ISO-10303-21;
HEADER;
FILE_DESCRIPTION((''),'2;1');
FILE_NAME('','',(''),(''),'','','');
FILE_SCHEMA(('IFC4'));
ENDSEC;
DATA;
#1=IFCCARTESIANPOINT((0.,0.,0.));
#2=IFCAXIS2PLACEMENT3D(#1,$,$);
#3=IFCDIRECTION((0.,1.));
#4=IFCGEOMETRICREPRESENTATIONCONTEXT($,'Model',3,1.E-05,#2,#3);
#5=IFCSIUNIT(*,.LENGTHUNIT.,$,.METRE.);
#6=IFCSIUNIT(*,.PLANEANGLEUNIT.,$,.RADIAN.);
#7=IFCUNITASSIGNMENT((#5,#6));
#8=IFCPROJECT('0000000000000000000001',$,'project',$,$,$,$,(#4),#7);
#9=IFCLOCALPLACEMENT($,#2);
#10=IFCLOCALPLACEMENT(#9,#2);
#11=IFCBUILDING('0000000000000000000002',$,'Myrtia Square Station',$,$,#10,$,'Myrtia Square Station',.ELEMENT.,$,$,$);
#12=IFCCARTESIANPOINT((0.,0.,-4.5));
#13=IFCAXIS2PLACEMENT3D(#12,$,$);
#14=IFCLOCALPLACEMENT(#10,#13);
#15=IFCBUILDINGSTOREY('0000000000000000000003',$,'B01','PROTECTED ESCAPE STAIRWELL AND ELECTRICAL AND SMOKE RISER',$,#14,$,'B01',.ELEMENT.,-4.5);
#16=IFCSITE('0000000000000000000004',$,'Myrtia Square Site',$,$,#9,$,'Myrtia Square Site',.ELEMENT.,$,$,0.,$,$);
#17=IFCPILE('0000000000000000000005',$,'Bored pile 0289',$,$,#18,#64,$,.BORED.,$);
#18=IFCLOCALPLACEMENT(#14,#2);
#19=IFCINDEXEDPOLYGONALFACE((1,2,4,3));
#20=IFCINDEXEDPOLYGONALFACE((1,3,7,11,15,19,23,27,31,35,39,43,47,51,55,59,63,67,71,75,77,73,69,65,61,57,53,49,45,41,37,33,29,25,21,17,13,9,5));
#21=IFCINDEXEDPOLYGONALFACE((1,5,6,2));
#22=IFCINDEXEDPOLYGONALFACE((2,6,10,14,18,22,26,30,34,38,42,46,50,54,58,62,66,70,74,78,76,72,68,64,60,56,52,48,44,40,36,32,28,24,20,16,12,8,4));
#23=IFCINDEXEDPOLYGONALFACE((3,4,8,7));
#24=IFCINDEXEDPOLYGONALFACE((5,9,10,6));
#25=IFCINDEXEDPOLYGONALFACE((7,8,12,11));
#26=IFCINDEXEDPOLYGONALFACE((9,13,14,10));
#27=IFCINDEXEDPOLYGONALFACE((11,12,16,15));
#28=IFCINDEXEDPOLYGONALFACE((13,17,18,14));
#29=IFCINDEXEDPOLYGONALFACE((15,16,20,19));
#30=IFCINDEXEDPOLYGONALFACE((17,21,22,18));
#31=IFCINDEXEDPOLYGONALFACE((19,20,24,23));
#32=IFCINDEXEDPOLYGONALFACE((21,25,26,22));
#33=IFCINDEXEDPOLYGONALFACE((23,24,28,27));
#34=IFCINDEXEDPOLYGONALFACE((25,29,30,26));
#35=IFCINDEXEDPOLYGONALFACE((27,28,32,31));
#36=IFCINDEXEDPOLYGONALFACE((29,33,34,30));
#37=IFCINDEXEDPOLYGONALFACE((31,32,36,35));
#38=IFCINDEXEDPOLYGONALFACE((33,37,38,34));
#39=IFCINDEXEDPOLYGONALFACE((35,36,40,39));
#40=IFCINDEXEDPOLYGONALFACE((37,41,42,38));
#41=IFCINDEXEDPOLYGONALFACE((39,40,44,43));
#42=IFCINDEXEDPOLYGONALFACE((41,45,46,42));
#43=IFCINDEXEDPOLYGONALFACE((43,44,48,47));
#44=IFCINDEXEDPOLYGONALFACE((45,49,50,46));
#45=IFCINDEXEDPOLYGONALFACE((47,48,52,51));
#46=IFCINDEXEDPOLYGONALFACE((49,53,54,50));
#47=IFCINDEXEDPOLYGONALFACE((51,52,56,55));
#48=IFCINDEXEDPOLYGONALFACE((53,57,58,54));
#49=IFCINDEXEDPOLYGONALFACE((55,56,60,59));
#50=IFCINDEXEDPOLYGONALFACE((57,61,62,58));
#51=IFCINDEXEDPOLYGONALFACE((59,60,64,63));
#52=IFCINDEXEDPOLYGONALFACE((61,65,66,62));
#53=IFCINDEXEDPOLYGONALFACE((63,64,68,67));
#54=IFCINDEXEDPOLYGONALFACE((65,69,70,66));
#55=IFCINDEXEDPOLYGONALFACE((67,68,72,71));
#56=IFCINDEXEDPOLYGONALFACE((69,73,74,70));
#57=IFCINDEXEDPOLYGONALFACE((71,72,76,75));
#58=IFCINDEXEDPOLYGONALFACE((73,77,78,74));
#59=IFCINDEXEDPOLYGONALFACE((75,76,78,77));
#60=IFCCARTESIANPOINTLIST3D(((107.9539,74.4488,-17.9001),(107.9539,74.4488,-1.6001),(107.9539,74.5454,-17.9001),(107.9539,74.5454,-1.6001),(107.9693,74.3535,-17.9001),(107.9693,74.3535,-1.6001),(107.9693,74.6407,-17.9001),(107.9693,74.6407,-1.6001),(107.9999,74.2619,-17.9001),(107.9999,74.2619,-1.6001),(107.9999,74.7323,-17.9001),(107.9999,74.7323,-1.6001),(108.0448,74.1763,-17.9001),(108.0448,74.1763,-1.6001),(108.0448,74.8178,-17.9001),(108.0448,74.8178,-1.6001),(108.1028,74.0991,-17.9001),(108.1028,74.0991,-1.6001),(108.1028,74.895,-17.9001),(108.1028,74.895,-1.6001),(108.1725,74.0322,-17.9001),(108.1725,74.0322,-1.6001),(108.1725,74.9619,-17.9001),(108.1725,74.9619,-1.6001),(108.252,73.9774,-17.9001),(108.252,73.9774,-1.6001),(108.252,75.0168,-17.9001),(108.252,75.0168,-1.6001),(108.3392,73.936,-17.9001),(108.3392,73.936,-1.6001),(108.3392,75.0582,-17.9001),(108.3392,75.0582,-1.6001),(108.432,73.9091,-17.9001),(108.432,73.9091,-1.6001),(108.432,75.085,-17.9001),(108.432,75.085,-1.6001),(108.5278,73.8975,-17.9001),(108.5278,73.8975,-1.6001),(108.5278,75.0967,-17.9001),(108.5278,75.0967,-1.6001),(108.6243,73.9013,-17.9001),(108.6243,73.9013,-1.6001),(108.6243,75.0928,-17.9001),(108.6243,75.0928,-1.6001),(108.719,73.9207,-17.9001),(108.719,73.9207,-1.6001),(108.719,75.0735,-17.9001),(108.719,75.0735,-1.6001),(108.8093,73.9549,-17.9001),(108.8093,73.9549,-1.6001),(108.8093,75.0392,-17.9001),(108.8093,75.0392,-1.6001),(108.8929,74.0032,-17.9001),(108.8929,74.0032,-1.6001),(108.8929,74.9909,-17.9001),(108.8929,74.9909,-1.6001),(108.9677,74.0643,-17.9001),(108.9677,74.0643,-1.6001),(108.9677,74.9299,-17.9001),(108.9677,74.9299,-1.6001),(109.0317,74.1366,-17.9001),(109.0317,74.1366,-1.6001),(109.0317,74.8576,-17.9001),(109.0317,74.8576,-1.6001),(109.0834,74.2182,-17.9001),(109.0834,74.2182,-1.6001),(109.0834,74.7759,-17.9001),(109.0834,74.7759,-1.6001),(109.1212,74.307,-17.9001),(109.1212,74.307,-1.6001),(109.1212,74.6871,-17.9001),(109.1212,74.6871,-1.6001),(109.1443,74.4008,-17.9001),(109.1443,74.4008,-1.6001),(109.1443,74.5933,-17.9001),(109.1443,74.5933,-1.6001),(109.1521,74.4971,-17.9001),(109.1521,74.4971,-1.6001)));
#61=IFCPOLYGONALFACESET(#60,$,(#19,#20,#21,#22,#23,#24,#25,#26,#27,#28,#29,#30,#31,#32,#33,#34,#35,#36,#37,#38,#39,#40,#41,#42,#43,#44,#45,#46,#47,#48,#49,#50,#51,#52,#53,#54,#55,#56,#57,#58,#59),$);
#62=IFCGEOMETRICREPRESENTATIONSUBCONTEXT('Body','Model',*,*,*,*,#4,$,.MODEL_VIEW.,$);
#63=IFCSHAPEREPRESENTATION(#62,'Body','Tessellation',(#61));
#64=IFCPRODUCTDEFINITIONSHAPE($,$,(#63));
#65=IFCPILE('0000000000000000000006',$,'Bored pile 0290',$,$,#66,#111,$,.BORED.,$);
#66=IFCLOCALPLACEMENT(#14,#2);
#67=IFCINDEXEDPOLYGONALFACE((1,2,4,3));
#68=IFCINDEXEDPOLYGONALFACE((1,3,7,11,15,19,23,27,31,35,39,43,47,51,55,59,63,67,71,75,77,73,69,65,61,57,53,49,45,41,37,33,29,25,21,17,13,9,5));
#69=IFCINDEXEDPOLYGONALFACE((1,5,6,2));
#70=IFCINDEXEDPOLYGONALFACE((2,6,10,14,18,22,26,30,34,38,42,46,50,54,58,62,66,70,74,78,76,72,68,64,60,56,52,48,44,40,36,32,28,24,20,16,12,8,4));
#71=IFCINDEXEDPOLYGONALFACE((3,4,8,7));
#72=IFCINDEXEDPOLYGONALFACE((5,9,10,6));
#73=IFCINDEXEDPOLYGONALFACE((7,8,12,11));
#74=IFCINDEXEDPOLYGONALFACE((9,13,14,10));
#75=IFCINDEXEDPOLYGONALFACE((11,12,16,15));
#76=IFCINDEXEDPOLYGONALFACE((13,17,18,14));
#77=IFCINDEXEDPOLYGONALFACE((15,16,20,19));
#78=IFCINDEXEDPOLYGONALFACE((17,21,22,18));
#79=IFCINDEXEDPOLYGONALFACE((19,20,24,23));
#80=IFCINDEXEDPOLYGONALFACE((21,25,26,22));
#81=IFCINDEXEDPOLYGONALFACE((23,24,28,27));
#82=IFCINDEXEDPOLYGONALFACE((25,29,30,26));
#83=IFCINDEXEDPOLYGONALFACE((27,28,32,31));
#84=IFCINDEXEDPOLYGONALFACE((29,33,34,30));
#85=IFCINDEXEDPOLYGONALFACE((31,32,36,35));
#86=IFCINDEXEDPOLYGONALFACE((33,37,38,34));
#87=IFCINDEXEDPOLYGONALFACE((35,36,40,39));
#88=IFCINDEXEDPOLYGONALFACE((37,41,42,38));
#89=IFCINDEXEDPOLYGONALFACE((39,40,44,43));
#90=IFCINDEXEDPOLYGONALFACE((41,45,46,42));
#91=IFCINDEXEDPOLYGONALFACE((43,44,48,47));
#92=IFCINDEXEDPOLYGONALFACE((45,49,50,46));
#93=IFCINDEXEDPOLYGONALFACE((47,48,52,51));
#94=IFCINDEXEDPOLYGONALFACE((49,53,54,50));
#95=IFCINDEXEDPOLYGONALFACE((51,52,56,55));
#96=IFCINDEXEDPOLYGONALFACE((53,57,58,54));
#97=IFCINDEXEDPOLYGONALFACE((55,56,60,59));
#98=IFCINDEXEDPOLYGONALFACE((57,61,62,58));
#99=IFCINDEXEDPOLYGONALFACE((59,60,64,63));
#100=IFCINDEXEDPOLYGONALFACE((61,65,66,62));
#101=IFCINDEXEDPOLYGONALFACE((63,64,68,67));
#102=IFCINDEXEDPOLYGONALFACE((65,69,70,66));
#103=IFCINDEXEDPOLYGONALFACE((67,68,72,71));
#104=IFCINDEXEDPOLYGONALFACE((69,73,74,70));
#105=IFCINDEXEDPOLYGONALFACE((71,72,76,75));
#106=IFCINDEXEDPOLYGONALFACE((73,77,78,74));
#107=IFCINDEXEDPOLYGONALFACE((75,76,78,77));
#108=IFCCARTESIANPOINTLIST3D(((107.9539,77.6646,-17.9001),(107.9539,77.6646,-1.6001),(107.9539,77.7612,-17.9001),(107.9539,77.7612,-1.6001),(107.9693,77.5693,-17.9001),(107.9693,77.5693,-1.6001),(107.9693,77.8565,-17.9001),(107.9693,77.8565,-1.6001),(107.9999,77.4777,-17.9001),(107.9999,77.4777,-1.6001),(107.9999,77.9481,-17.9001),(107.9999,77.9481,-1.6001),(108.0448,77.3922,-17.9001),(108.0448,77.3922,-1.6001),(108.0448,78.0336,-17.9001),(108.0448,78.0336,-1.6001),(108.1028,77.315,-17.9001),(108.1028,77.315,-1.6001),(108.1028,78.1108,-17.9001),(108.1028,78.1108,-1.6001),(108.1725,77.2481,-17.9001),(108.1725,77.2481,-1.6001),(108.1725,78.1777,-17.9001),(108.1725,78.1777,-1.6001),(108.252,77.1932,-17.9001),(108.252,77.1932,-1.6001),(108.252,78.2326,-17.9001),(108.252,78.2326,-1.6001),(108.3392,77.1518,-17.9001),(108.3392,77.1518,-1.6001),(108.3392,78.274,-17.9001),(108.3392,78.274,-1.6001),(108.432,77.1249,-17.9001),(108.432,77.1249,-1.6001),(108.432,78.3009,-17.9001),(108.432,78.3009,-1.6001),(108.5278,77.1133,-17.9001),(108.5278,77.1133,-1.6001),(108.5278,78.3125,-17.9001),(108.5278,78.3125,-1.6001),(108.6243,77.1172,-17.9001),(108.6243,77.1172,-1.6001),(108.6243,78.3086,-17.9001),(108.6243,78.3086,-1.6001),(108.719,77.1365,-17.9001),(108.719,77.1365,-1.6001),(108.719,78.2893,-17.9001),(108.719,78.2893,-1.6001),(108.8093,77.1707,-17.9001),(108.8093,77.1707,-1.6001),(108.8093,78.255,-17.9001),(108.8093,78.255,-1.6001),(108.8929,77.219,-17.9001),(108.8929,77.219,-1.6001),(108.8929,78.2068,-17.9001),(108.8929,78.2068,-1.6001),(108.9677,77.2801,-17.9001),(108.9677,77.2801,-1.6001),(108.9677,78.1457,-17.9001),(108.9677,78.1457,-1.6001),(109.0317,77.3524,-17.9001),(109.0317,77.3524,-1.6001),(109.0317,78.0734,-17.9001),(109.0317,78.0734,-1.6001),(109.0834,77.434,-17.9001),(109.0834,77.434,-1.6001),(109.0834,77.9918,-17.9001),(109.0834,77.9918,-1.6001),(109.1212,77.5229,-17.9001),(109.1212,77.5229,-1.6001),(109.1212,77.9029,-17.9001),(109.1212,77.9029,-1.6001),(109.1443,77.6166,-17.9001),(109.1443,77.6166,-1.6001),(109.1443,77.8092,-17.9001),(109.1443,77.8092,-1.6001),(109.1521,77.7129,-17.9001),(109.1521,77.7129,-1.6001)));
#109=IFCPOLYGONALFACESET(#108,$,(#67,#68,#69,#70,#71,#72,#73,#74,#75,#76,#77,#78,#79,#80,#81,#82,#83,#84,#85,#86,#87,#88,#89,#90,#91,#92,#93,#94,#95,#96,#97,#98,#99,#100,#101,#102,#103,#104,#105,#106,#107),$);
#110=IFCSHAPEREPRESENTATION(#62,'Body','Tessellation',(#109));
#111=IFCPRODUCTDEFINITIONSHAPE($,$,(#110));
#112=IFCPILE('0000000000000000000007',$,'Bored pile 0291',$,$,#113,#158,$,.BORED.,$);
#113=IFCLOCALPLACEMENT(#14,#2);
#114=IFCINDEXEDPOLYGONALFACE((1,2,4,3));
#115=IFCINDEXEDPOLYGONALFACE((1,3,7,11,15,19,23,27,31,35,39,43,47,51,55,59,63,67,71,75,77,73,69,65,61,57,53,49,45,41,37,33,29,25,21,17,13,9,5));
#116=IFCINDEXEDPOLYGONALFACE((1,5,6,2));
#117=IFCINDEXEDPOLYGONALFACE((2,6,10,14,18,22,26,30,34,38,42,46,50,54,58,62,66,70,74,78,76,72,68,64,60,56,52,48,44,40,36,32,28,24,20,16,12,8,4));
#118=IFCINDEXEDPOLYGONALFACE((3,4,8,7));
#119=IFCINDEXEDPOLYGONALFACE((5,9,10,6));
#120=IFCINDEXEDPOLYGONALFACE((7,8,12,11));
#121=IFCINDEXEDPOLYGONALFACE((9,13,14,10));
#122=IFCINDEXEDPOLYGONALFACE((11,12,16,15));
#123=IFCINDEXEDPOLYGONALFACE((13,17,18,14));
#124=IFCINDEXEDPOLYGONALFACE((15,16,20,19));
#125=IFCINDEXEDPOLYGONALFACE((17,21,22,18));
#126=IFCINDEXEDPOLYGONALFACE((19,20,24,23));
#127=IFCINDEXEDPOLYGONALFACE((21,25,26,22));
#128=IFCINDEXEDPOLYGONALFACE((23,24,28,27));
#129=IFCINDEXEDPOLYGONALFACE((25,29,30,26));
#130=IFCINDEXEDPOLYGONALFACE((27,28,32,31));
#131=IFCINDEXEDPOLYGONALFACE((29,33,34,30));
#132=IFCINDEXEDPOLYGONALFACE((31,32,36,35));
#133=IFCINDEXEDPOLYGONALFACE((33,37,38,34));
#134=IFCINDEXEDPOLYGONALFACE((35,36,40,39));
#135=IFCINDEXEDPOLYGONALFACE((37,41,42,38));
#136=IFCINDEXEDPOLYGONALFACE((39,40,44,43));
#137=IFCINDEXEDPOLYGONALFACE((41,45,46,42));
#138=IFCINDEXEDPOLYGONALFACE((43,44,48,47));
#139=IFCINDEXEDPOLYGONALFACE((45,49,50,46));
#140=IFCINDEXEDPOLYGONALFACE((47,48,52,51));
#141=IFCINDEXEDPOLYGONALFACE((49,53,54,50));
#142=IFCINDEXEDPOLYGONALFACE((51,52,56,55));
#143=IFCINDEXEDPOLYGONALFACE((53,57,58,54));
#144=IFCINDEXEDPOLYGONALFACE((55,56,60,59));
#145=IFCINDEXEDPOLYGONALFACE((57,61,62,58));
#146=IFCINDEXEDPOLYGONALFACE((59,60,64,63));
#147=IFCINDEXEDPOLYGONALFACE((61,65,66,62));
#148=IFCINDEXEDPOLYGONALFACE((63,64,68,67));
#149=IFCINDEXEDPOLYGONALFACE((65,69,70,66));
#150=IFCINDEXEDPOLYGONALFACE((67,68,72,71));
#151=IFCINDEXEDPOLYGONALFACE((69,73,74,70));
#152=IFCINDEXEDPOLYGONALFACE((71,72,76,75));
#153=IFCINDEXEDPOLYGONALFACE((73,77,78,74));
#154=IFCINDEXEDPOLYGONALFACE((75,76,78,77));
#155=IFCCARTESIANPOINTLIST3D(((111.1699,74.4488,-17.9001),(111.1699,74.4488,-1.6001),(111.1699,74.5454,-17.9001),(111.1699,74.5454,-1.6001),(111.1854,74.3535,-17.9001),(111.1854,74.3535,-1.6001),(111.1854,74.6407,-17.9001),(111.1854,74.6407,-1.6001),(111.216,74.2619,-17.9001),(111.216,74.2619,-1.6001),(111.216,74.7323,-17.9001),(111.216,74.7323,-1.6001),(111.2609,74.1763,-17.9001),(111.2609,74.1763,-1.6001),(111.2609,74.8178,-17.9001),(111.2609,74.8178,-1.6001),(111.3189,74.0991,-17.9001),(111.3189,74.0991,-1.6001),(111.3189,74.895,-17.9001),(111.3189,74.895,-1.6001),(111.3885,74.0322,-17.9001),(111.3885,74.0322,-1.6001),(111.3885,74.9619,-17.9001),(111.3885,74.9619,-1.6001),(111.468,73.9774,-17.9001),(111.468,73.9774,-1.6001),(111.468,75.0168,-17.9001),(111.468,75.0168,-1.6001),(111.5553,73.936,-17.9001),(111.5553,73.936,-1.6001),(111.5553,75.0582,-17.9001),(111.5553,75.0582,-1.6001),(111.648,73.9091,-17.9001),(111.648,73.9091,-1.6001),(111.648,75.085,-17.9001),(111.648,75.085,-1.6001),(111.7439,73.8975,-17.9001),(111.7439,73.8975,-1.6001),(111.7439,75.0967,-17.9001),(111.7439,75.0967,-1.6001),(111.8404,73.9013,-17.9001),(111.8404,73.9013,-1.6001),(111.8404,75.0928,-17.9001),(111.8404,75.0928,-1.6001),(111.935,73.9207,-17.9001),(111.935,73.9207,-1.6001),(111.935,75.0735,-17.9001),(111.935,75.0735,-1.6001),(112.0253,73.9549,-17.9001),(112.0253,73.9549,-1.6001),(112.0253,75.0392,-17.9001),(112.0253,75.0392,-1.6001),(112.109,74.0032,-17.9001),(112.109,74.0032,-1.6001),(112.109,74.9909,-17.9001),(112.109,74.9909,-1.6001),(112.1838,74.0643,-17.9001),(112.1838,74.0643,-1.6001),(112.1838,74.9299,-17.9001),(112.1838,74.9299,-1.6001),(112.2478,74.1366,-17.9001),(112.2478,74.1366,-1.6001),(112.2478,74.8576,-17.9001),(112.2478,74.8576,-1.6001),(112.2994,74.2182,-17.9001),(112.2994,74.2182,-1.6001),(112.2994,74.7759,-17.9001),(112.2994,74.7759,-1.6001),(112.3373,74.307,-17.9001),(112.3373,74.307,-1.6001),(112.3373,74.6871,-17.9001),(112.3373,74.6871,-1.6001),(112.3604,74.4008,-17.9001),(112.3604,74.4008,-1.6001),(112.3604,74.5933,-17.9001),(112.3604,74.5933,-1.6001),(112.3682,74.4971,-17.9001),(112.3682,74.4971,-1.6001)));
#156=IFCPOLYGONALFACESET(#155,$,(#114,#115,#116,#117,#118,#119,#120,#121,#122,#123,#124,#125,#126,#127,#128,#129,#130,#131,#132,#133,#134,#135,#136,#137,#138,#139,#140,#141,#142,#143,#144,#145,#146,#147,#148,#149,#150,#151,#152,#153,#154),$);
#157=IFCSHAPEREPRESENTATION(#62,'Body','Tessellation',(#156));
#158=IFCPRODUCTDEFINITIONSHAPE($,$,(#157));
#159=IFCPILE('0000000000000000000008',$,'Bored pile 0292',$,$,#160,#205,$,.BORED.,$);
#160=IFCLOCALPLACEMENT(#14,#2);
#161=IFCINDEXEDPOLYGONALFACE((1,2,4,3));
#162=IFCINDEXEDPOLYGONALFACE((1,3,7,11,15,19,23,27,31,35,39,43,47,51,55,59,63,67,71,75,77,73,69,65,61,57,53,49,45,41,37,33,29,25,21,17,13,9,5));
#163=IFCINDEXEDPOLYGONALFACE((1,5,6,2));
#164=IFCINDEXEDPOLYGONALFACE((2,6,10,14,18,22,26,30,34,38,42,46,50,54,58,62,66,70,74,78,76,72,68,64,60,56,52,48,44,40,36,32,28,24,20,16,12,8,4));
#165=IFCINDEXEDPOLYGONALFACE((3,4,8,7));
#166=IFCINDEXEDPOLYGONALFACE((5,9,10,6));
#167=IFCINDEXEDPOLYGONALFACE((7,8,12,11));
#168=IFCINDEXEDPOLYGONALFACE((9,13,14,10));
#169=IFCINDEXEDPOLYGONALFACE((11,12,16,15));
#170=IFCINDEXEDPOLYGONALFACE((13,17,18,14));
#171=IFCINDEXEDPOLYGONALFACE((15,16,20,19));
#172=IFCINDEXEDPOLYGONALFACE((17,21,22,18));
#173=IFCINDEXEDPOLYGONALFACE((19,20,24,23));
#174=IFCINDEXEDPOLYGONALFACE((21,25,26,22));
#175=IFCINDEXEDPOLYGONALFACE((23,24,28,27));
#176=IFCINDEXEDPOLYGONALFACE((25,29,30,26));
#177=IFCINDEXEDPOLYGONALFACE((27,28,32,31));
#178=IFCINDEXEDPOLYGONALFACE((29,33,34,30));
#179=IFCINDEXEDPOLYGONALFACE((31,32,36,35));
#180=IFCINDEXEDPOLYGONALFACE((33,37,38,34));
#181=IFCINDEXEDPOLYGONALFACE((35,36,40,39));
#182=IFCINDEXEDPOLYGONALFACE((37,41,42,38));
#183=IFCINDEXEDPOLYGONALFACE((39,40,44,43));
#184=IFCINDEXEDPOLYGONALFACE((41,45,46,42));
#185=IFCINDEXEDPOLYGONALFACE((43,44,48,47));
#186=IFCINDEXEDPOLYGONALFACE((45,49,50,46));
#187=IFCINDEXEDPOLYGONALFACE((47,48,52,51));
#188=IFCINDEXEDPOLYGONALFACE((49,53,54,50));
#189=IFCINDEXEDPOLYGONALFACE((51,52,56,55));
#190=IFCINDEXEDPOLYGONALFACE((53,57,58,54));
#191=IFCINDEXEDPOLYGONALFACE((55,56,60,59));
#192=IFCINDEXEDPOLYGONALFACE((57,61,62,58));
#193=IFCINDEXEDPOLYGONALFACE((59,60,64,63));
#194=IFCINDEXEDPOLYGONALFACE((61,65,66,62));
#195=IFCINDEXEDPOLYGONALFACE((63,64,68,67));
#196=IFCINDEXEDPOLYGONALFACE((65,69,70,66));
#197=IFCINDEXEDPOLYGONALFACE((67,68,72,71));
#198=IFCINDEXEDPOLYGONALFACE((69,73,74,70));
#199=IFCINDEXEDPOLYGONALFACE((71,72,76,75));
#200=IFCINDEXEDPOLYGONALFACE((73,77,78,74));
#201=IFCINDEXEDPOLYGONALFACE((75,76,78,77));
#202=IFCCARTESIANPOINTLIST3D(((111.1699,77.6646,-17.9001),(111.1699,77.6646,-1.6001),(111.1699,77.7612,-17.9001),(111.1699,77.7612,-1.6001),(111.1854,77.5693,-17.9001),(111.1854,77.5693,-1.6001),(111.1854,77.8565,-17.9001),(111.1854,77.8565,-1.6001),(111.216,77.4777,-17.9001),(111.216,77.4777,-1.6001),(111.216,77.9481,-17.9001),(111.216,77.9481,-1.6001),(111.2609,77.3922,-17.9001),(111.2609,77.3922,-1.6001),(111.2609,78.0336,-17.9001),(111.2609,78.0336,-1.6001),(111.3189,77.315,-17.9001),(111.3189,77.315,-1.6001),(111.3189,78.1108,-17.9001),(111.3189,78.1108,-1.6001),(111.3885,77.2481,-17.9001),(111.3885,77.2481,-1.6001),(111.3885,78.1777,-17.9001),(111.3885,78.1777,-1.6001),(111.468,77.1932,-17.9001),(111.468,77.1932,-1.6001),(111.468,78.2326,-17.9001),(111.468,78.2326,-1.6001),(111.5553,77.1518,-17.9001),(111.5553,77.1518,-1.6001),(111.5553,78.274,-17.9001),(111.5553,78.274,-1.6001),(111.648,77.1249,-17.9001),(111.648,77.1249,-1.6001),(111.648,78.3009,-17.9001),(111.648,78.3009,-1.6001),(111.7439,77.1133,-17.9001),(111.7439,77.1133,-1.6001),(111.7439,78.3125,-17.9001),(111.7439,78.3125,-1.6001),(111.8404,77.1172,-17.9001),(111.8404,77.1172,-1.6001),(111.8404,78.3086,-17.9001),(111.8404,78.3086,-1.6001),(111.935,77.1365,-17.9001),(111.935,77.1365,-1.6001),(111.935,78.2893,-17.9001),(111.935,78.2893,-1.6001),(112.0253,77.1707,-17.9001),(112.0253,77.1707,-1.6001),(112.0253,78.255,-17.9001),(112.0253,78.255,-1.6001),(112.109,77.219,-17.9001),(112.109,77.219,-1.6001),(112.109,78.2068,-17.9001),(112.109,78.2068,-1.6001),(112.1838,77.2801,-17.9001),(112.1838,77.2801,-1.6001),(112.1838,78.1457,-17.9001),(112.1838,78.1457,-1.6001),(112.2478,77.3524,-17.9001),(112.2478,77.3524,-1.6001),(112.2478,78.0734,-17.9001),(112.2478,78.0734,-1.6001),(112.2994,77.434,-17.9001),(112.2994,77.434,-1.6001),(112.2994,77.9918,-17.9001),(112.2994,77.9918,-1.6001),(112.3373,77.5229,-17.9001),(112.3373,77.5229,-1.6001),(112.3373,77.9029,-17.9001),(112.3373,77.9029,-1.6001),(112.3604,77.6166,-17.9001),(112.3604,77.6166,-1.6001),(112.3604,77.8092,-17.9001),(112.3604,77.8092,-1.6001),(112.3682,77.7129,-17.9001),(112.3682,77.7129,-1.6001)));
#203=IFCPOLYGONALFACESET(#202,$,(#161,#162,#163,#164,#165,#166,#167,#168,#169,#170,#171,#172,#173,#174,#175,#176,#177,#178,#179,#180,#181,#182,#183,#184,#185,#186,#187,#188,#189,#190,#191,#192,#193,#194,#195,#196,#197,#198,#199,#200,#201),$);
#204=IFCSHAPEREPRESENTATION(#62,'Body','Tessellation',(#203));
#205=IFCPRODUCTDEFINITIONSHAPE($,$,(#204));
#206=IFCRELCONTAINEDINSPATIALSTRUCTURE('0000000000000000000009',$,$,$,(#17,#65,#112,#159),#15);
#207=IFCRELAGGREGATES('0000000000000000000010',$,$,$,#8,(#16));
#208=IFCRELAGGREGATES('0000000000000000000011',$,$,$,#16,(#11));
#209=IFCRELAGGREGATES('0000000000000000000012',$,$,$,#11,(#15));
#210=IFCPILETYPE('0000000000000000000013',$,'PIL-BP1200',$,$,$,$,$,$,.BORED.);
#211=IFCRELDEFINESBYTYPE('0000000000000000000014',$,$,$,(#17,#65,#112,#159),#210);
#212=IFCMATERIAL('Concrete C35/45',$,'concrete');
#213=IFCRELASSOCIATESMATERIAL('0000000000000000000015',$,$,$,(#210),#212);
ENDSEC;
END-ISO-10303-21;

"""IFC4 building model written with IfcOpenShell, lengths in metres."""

from ifc_helpers import new_model, si_unit, direction, frame, origin, origin_2d, place, context, subcontext, project, spatial, circle, extrude, material, material_profile, profile_set, type_object, element, save


model = new_model("IFC4")

# Units and contexts
model_context = context("Model", 3, precision=1e-05, world=origin(), true_north=direction((0.0, 1.0)))
body_context = subcontext(model_context, "Body", "Model", "MODEL_VIEW")
ifc_project = project(units=[si_unit("LENGTHUNIT", "METRE"), si_unit("PLANEANGLEUNIT", "RADIAN")], contexts=[model_context])

# Site, building, storey
site_placement = place(None, origin())
site = spatial("IfcSite", under=ifc_project, at=site_placement, Name="Myrtia Square Site", LongName="Myrtia Square Site", CompositionType="ELEMENT", RefElevation=0.0)
building_placement = place(site_placement, origin())
building = spatial("IfcBuilding", under=site, at=building_placement, Name="Myrtia Square Station", LongName="Myrtia Square Station", CompositionType="ELEMENT")
storey_placement = place(building_placement, frame((0.0, 0.0, -4.5)))
storey = spatial("IfcBuildingStorey", under=building, at=storey_placement, Name="B01", Description="PROTECTED ESCAPE STAIRWELL AND ELECTRICAL AND SMOKE RISER", LongName="B01", CompositionType="ELEMENT", Elevation=-4.5)

# Shared definitions
ifc_material_1 = material(Name="Concrete C35/45", Category="concrete")

# Piles
ifc_material_profile_1 = material_profile(ifc_material_1, circle(Radius=0.6001, at=origin_2d()), Name="BP D1200")
ifc_profile_set_1 = profile_set([ifc_material_profile_1], Name="Concrete C35/45")
pile_type_1 = type_object("IfcPileType", Name="PIL-BP1200", PredefinedType="BORED", material=ifc_profile_set_1)
for number, where, z_axis, x_axis, name in (
    (1, (108.552, 74.4971, -1.6001), (0.0, 0.0, -1.0), (1.0, 0.0, 0.0), "Bored pile 0289"),
    (2, (108.552, 77.7129, -1.6001), (0.0, 0.0, -1.0), (1.0, 0.0, 0.0), "Bored pile 0290"),
    (3, (111.7681, 74.4971, -1.6001), (0.0, 0.0, -1.0), (1.0, 0.0, 0.0), "Bored pile 0291"),
    (4, (111.7681, 77.7129, -1.6001), (0.0, 0.0, -1.0), (1.0, 0.0, 0.0), "Bored pile 0292"),
):
    element("IfcPile", number, at=place(storey_placement, frame(where, z_axis=z_axis, x_axis=x_axis)), inside=storey, type_object=pile_type_1, Name=name, PredefinedType="BORED", context=body_context, shape_type="SweptSolid", body=[
        extrude(circle(Radius=0.6001, at=origin_2d()), origin(), (0.0, 0.0, 1.0), 16.3),
    ])

save(model, "model.ifc")
